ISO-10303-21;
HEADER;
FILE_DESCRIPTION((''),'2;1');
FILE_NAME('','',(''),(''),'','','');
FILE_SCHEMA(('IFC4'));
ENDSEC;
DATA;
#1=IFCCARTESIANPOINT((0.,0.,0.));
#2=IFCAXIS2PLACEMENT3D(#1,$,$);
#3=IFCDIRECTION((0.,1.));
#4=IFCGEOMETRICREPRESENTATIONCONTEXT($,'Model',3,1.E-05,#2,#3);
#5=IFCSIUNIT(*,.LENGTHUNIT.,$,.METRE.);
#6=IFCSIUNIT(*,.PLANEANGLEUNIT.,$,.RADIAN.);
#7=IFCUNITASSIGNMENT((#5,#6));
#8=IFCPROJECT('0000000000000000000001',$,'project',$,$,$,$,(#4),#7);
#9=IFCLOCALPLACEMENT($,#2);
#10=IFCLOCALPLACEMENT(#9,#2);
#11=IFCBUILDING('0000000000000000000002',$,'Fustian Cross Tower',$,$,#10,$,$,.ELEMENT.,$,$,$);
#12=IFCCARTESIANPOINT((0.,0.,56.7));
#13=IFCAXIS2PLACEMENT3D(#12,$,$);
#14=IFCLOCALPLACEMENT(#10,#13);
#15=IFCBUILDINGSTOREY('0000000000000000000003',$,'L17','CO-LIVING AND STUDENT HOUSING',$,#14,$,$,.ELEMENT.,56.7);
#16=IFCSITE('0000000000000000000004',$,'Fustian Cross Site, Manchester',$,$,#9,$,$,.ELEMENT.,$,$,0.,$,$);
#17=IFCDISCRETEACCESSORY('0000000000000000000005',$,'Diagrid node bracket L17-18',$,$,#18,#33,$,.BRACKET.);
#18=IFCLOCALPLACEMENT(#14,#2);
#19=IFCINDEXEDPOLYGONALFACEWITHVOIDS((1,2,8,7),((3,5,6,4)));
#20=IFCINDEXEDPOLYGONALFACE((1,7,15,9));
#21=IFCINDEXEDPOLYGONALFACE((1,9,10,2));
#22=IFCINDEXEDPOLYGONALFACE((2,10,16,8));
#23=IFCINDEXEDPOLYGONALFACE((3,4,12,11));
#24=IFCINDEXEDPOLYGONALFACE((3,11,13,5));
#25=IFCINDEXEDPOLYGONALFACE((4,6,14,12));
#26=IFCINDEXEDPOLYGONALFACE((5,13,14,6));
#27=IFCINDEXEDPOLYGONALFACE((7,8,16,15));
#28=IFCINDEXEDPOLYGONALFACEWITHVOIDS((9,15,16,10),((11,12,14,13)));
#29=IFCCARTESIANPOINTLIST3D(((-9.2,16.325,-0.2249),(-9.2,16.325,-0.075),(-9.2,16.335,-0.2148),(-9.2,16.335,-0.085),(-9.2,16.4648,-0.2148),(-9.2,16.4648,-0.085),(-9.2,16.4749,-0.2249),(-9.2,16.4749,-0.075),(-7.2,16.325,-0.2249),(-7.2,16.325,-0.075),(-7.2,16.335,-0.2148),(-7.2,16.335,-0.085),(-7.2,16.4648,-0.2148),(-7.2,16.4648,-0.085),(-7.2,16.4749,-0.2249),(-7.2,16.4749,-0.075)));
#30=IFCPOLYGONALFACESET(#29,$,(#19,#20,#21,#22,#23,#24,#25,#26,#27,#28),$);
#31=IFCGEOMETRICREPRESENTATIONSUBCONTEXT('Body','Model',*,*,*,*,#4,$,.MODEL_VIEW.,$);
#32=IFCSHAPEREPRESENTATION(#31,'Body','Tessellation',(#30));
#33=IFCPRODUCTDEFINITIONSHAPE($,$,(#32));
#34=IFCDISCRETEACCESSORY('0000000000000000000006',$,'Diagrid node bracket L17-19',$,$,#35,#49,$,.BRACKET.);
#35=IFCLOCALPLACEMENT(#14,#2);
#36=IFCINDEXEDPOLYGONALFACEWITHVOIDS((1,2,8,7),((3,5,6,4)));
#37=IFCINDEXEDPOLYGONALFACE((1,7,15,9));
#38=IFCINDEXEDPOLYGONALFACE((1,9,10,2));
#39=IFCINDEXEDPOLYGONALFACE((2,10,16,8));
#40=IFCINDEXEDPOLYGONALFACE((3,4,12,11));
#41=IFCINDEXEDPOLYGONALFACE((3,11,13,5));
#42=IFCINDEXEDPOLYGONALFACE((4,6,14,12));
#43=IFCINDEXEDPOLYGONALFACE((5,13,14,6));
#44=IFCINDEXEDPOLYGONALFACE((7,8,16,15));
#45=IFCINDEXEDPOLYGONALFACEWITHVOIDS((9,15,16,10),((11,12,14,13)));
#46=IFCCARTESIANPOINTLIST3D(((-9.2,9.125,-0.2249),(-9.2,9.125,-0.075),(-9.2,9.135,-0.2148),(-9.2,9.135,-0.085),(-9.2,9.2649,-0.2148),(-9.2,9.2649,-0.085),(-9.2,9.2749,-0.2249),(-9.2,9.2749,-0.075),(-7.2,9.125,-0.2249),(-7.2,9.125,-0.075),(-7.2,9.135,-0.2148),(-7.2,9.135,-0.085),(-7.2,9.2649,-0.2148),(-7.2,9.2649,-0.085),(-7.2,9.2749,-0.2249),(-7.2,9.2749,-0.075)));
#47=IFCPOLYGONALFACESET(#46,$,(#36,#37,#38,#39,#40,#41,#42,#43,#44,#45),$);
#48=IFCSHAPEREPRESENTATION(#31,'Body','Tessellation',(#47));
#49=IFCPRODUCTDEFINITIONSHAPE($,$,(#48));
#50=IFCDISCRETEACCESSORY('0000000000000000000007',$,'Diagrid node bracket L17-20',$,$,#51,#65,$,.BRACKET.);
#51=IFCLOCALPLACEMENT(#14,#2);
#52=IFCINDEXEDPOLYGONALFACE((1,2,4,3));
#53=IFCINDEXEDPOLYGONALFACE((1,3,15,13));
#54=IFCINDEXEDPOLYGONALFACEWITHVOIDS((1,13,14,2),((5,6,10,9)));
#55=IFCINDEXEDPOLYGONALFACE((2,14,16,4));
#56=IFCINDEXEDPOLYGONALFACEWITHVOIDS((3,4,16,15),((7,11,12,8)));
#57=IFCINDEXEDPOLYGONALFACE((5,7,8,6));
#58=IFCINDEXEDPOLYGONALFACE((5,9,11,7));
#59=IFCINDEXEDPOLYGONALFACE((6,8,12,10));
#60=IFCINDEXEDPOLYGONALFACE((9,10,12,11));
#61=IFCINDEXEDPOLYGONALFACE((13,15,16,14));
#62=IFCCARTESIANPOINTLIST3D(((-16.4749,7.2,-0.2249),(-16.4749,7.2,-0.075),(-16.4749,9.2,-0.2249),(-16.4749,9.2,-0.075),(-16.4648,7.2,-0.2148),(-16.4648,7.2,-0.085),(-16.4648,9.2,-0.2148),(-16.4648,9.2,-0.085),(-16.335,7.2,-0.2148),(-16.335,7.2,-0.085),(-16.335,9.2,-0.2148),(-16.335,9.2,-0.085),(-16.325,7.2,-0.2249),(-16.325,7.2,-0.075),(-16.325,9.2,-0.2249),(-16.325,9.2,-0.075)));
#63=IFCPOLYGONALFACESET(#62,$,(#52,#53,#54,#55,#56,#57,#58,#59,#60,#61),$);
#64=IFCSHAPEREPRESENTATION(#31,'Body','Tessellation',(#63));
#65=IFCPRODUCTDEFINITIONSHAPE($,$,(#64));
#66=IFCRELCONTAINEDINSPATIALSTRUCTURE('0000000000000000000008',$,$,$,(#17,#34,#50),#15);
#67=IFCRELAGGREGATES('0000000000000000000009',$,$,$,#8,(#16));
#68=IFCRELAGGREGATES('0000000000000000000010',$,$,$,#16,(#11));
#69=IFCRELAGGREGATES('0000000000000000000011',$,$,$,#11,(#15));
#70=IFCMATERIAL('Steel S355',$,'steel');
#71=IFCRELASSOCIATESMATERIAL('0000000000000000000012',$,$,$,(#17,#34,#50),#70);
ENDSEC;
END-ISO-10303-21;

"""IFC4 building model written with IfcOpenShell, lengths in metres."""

from ifc_helpers import new_model, si_unit, direction, frame, origin, origin_2d, place, context, subcontext, project, spatial, hollow_rectangle, extrude, material, element, save


model = new_model("IFC4")

# Units and contexts
model_context = context("Model", 3, precision=1e-05, world=origin(), true_north=direction((0.0, 1.0)))
body_context = subcontext(model_context, "Body", "Model", "MODEL_VIEW")
ifc_project = project(units=[si_unit("LENGTHUNIT", "METRE"), si_unit("PLANEANGLEUNIT", "RADIAN")], contexts=[model_context])

# Site, building, storey
site_placement = place(None, origin())
site = spatial("IfcSite", under=ifc_project, at=site_placement, Name="Fustian Cross Site, Manchester", CompositionType="ELEMENT", RefElevation=0.0)
building_placement = place(site_placement, origin())
building = spatial("IfcBuilding", under=site, at=building_placement, Name="Fustian Cross Tower", CompositionType="ELEMENT")
storey_placement = place(building_placement, frame((0.0, 0.0, 56.7)))
storey = spatial("IfcBuildingStorey", under=building, at=storey_placement, Name="L17", Description="CO-LIVING AND STUDENT HOUSING", CompositionType="ELEMENT", Elevation=56.7)

# Discrete accessories
ifc_material_1 = material(Name="Steel S355", Category="steel")
for number, where, z_axis, x_axis, name in (
    (1, (-9.2, 16.3999, -0.1499), (1.0, 0.0, 0.0), (0.0, 1.0, 0.0), "Diagrid node bracket L17-18"),
    (2, (-9.2, 9.2, -0.1499), (1.0, 0.0, 0.0), (0.0, 1.0, 0.0), "Diagrid node bracket L17-19"),
    (3, (-16.3999, 9.2, -0.1499), (0.0, -1.0, 0.0), (1.0, 0.0, 0.0), "Diagrid node bracket L17-20"),
):
    element("IfcDiscreteAccessory", number, at=place(storey_placement, frame(where, z_axis=z_axis, x_axis=x_axis)), inside=storey, material=ifc_material_1, Name=name, PredefinedType="BRACKET", context=body_context, shape_type="SweptSolid", body=[
        extrude(hollow_rectangle(XDim=0.1499, YDim=0.1499, WallThickness=0.01, at=origin_2d()), origin(), (0.0, 0.0, 1.0), 2.0),
    ])

save(model, "model.ifc")
